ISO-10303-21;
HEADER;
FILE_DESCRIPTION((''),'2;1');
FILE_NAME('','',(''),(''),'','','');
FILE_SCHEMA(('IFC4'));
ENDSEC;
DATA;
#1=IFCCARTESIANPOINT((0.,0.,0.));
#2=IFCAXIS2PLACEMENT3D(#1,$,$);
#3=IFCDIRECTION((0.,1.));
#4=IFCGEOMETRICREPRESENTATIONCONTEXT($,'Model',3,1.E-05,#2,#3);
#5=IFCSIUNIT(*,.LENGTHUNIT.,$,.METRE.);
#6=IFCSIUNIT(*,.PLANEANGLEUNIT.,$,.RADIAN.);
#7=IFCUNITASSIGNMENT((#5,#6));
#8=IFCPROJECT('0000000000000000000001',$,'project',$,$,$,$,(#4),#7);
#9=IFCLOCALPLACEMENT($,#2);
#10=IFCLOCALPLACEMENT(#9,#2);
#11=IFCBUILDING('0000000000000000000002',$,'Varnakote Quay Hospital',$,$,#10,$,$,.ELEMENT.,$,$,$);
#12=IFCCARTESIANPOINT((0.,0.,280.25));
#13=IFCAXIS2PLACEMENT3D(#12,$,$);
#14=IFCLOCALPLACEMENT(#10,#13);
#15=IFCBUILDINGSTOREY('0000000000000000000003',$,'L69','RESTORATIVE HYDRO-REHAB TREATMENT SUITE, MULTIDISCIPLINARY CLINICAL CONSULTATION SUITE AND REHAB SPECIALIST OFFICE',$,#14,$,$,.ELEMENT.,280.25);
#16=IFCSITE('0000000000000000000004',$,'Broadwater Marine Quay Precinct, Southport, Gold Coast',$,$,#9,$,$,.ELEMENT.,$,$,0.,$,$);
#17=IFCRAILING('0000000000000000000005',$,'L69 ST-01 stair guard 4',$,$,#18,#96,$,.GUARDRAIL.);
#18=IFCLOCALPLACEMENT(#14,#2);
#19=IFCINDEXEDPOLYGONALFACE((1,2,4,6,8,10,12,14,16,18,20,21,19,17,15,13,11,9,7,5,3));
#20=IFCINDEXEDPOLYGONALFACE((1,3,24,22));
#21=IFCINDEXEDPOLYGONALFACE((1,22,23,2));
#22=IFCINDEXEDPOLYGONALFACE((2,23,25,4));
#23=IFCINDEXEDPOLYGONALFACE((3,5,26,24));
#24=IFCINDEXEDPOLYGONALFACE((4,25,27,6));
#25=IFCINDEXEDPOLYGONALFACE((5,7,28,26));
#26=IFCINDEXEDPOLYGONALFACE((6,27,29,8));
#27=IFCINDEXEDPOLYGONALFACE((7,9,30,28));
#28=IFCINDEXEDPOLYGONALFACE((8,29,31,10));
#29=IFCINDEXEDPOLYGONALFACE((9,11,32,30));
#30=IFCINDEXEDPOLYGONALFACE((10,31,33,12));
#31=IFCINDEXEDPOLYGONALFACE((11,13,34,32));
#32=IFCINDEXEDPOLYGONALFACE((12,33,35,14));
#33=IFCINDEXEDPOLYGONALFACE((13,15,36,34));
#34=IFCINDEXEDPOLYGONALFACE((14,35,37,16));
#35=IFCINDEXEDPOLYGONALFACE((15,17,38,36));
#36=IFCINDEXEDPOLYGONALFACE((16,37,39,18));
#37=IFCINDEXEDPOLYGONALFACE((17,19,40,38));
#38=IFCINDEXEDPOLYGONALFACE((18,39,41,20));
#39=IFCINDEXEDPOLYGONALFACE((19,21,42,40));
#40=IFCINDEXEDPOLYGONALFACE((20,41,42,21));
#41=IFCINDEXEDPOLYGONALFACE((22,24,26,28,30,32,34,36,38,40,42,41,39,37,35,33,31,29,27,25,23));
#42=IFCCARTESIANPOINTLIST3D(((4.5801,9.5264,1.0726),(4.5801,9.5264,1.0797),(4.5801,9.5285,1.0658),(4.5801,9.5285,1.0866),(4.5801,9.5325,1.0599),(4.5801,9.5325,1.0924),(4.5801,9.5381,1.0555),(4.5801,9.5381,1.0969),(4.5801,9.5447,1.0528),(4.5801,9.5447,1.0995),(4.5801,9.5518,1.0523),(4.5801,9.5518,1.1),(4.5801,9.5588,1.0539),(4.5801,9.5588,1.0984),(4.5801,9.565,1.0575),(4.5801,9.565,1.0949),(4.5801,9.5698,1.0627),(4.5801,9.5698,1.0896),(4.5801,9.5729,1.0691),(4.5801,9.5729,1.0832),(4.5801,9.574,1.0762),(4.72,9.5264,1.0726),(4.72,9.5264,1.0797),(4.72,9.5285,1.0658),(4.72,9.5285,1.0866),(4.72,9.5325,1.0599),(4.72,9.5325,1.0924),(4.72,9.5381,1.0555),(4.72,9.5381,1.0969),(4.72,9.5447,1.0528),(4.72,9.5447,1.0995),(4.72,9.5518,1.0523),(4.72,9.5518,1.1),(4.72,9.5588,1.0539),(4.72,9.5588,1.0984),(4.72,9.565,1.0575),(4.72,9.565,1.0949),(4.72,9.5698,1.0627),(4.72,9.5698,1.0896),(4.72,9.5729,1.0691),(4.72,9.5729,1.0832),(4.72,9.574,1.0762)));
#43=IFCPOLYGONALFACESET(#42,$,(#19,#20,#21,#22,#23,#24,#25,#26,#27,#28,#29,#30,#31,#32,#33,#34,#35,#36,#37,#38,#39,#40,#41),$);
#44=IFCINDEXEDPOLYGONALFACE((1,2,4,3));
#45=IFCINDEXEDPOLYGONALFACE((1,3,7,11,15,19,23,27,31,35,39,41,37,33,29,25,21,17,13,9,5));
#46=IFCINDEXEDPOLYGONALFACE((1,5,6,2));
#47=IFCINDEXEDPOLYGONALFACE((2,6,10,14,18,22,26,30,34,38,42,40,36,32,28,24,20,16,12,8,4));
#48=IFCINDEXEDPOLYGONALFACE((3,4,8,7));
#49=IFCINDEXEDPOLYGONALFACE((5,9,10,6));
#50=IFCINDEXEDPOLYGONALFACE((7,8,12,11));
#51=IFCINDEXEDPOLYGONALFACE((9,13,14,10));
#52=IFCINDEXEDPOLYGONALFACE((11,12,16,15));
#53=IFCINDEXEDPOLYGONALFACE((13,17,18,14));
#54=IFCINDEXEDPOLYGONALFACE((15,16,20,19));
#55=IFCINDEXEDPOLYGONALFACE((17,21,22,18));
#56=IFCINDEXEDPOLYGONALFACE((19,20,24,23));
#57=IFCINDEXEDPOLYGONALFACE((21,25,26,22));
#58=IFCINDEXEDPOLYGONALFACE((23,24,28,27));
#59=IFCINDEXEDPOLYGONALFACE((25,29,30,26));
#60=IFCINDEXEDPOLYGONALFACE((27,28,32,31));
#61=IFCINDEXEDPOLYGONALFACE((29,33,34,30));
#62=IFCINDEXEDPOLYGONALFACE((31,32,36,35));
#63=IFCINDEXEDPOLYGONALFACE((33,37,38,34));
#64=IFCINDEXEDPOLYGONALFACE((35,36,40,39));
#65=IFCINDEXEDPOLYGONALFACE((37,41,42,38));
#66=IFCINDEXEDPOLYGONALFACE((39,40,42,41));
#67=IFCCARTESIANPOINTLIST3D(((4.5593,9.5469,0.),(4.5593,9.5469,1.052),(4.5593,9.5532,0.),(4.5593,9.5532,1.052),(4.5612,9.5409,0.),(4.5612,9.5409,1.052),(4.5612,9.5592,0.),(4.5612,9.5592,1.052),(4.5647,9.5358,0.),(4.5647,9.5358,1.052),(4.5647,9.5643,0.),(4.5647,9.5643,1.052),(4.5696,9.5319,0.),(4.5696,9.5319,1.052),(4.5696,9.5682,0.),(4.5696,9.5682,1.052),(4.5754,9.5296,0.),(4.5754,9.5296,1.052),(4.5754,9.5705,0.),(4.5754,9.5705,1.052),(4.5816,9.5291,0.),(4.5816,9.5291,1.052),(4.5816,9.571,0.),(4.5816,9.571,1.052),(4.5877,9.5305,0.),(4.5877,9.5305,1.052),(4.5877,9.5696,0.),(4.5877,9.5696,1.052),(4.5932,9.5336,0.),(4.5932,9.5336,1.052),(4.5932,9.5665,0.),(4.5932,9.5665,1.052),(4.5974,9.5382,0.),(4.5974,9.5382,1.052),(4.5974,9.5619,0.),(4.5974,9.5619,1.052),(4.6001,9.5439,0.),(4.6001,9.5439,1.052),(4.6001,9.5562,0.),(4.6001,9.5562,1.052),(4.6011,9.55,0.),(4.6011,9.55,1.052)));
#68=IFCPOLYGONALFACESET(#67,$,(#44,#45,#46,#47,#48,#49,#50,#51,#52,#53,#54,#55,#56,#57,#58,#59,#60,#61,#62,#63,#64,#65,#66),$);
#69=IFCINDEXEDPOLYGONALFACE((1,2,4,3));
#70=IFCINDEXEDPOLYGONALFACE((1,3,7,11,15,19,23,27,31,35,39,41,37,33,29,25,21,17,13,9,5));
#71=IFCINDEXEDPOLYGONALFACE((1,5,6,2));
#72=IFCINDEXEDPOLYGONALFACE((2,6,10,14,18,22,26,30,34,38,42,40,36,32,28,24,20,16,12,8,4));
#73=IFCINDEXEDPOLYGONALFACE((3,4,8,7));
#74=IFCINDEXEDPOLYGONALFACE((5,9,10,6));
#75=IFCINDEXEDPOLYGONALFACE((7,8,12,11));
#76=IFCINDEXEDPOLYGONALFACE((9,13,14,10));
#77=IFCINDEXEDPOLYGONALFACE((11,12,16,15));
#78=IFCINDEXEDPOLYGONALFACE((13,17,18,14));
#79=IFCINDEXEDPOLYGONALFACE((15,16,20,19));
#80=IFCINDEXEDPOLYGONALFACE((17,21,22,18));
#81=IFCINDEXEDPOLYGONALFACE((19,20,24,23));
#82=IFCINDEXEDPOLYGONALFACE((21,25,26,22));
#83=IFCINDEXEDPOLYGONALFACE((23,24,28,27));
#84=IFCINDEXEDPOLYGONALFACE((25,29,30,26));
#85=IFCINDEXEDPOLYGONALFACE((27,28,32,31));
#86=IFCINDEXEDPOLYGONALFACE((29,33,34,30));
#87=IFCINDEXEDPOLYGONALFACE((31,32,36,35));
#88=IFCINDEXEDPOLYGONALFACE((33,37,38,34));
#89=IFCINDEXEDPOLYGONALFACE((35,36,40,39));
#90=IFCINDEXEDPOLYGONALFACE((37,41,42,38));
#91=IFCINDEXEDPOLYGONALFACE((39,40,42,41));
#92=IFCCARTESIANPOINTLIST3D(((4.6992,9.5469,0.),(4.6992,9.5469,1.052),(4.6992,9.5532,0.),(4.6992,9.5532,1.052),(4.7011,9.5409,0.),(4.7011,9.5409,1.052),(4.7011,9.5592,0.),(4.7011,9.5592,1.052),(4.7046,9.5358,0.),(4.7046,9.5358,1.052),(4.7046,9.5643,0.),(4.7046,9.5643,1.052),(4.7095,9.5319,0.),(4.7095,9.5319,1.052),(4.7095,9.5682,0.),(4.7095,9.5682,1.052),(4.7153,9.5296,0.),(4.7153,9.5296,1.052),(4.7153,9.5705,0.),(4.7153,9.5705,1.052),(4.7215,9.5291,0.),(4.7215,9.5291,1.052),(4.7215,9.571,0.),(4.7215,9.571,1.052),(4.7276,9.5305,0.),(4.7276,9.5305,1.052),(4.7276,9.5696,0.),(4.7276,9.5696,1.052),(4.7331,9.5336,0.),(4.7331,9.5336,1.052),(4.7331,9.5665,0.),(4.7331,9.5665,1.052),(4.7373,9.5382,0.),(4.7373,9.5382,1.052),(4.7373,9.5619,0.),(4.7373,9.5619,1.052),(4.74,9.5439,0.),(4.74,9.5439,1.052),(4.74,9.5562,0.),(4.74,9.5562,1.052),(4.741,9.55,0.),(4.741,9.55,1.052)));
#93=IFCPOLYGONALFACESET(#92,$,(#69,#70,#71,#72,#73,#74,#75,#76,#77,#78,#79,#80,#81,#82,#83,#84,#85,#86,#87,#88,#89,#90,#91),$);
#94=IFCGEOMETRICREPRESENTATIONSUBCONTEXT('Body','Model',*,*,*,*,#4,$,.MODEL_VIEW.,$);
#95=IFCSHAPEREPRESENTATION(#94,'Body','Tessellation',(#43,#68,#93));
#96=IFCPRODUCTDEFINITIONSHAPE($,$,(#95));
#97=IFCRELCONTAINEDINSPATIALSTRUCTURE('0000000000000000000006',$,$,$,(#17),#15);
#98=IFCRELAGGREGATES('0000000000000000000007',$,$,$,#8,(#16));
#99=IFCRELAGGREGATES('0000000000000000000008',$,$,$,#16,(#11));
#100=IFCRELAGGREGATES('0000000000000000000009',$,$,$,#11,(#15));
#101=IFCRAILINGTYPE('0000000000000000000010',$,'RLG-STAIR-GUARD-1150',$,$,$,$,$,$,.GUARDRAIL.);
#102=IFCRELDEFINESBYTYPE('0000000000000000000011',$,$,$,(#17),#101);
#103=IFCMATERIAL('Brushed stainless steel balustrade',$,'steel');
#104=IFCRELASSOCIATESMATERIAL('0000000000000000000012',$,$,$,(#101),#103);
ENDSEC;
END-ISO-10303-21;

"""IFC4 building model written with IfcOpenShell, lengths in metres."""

from ifc_helpers import new_model, si_unit, direction, frame, origin, origin_2d, place, context, subcontext, project, spatial, circle, extrude, material, type_object, element, save


model = new_model("IFC4")

# Units and contexts
model_context = context("Model", 3, precision=1e-05, world=origin(), true_north=direction((0.0, 1.0)))
body_context = subcontext(model_context, "Body", "Model", "MODEL_VIEW")
ifc_project = project(units=[si_unit("LENGTHUNIT", "METRE"), si_unit("PLANEANGLEUNIT", "RADIAN")], contexts=[model_context])

# Site, building, storey
site_placement = place(None, origin())
site = spatial("IfcSite", under=ifc_project, at=site_placement, Name="Broadwater Marine Quay Precinct, Southport, Gold Coast", CompositionType="ELEMENT", RefElevation=0.0)
building_placement = place(site_placement, origin())
building = spatial("IfcBuilding", under=site, at=building_placement, Name="Varnakote Quay Hospital", CompositionType="ELEMENT")
storey_placement = place(building_placement, frame((0.0, 0.0, 280.25)))
storey = spatial("IfcBuildingStorey", under=building, at=storey_placement, Name="L69", Description="RESTORATIVE HYDRO-REHAB TREATMENT SUITE, MULTIDISCIPLINARY CLINICAL CONSULTATION SUITE AND REHAB SPECIALIST OFFICE", CompositionType="ELEMENT", Elevation=280.25)

# Railing
ifc_material_1 = material(Name="Brushed stainless steel balustrade", Category="steel")
railing_type_1 = type_object("IfcRailingType", Name="RLG-STAIR-GUARD-1150", PredefinedType="GUARDRAIL", material=ifc_material_1)
railing_1_placement = place(storey_placement, frame((4.5801, 9.55, 0.0)))
element("IfcRailing", 1, at=railing_1_placement, inside=storey, type_object=railing_type_1, Name="L69 ST-01 stair guard 4", PredefinedType="GUARDRAIL", context=body_context, shape_type="SweptSolid", body=[
    extrude(circle(Radius=0.0239, at=origin_2d()), frame((0.0, 0.0, 1.0762), z_axis=(1.0, 0.0, 0.0), x_axis=(0.0, 1.0, 0.0)), (0.0, 0.0, 1.0), 0.1399),
    extrude(circle(Radius=0.021, at=origin_2d()), origin(), (0.0, 0.0, 1.0), 1.052),
    extrude(circle(Radius=0.021, at=origin_2d()), frame((0.1399, 0.0, 0.0)), (0.0, 0.0, 1.0), 1.052),
])

save(model, "model.ifc")
